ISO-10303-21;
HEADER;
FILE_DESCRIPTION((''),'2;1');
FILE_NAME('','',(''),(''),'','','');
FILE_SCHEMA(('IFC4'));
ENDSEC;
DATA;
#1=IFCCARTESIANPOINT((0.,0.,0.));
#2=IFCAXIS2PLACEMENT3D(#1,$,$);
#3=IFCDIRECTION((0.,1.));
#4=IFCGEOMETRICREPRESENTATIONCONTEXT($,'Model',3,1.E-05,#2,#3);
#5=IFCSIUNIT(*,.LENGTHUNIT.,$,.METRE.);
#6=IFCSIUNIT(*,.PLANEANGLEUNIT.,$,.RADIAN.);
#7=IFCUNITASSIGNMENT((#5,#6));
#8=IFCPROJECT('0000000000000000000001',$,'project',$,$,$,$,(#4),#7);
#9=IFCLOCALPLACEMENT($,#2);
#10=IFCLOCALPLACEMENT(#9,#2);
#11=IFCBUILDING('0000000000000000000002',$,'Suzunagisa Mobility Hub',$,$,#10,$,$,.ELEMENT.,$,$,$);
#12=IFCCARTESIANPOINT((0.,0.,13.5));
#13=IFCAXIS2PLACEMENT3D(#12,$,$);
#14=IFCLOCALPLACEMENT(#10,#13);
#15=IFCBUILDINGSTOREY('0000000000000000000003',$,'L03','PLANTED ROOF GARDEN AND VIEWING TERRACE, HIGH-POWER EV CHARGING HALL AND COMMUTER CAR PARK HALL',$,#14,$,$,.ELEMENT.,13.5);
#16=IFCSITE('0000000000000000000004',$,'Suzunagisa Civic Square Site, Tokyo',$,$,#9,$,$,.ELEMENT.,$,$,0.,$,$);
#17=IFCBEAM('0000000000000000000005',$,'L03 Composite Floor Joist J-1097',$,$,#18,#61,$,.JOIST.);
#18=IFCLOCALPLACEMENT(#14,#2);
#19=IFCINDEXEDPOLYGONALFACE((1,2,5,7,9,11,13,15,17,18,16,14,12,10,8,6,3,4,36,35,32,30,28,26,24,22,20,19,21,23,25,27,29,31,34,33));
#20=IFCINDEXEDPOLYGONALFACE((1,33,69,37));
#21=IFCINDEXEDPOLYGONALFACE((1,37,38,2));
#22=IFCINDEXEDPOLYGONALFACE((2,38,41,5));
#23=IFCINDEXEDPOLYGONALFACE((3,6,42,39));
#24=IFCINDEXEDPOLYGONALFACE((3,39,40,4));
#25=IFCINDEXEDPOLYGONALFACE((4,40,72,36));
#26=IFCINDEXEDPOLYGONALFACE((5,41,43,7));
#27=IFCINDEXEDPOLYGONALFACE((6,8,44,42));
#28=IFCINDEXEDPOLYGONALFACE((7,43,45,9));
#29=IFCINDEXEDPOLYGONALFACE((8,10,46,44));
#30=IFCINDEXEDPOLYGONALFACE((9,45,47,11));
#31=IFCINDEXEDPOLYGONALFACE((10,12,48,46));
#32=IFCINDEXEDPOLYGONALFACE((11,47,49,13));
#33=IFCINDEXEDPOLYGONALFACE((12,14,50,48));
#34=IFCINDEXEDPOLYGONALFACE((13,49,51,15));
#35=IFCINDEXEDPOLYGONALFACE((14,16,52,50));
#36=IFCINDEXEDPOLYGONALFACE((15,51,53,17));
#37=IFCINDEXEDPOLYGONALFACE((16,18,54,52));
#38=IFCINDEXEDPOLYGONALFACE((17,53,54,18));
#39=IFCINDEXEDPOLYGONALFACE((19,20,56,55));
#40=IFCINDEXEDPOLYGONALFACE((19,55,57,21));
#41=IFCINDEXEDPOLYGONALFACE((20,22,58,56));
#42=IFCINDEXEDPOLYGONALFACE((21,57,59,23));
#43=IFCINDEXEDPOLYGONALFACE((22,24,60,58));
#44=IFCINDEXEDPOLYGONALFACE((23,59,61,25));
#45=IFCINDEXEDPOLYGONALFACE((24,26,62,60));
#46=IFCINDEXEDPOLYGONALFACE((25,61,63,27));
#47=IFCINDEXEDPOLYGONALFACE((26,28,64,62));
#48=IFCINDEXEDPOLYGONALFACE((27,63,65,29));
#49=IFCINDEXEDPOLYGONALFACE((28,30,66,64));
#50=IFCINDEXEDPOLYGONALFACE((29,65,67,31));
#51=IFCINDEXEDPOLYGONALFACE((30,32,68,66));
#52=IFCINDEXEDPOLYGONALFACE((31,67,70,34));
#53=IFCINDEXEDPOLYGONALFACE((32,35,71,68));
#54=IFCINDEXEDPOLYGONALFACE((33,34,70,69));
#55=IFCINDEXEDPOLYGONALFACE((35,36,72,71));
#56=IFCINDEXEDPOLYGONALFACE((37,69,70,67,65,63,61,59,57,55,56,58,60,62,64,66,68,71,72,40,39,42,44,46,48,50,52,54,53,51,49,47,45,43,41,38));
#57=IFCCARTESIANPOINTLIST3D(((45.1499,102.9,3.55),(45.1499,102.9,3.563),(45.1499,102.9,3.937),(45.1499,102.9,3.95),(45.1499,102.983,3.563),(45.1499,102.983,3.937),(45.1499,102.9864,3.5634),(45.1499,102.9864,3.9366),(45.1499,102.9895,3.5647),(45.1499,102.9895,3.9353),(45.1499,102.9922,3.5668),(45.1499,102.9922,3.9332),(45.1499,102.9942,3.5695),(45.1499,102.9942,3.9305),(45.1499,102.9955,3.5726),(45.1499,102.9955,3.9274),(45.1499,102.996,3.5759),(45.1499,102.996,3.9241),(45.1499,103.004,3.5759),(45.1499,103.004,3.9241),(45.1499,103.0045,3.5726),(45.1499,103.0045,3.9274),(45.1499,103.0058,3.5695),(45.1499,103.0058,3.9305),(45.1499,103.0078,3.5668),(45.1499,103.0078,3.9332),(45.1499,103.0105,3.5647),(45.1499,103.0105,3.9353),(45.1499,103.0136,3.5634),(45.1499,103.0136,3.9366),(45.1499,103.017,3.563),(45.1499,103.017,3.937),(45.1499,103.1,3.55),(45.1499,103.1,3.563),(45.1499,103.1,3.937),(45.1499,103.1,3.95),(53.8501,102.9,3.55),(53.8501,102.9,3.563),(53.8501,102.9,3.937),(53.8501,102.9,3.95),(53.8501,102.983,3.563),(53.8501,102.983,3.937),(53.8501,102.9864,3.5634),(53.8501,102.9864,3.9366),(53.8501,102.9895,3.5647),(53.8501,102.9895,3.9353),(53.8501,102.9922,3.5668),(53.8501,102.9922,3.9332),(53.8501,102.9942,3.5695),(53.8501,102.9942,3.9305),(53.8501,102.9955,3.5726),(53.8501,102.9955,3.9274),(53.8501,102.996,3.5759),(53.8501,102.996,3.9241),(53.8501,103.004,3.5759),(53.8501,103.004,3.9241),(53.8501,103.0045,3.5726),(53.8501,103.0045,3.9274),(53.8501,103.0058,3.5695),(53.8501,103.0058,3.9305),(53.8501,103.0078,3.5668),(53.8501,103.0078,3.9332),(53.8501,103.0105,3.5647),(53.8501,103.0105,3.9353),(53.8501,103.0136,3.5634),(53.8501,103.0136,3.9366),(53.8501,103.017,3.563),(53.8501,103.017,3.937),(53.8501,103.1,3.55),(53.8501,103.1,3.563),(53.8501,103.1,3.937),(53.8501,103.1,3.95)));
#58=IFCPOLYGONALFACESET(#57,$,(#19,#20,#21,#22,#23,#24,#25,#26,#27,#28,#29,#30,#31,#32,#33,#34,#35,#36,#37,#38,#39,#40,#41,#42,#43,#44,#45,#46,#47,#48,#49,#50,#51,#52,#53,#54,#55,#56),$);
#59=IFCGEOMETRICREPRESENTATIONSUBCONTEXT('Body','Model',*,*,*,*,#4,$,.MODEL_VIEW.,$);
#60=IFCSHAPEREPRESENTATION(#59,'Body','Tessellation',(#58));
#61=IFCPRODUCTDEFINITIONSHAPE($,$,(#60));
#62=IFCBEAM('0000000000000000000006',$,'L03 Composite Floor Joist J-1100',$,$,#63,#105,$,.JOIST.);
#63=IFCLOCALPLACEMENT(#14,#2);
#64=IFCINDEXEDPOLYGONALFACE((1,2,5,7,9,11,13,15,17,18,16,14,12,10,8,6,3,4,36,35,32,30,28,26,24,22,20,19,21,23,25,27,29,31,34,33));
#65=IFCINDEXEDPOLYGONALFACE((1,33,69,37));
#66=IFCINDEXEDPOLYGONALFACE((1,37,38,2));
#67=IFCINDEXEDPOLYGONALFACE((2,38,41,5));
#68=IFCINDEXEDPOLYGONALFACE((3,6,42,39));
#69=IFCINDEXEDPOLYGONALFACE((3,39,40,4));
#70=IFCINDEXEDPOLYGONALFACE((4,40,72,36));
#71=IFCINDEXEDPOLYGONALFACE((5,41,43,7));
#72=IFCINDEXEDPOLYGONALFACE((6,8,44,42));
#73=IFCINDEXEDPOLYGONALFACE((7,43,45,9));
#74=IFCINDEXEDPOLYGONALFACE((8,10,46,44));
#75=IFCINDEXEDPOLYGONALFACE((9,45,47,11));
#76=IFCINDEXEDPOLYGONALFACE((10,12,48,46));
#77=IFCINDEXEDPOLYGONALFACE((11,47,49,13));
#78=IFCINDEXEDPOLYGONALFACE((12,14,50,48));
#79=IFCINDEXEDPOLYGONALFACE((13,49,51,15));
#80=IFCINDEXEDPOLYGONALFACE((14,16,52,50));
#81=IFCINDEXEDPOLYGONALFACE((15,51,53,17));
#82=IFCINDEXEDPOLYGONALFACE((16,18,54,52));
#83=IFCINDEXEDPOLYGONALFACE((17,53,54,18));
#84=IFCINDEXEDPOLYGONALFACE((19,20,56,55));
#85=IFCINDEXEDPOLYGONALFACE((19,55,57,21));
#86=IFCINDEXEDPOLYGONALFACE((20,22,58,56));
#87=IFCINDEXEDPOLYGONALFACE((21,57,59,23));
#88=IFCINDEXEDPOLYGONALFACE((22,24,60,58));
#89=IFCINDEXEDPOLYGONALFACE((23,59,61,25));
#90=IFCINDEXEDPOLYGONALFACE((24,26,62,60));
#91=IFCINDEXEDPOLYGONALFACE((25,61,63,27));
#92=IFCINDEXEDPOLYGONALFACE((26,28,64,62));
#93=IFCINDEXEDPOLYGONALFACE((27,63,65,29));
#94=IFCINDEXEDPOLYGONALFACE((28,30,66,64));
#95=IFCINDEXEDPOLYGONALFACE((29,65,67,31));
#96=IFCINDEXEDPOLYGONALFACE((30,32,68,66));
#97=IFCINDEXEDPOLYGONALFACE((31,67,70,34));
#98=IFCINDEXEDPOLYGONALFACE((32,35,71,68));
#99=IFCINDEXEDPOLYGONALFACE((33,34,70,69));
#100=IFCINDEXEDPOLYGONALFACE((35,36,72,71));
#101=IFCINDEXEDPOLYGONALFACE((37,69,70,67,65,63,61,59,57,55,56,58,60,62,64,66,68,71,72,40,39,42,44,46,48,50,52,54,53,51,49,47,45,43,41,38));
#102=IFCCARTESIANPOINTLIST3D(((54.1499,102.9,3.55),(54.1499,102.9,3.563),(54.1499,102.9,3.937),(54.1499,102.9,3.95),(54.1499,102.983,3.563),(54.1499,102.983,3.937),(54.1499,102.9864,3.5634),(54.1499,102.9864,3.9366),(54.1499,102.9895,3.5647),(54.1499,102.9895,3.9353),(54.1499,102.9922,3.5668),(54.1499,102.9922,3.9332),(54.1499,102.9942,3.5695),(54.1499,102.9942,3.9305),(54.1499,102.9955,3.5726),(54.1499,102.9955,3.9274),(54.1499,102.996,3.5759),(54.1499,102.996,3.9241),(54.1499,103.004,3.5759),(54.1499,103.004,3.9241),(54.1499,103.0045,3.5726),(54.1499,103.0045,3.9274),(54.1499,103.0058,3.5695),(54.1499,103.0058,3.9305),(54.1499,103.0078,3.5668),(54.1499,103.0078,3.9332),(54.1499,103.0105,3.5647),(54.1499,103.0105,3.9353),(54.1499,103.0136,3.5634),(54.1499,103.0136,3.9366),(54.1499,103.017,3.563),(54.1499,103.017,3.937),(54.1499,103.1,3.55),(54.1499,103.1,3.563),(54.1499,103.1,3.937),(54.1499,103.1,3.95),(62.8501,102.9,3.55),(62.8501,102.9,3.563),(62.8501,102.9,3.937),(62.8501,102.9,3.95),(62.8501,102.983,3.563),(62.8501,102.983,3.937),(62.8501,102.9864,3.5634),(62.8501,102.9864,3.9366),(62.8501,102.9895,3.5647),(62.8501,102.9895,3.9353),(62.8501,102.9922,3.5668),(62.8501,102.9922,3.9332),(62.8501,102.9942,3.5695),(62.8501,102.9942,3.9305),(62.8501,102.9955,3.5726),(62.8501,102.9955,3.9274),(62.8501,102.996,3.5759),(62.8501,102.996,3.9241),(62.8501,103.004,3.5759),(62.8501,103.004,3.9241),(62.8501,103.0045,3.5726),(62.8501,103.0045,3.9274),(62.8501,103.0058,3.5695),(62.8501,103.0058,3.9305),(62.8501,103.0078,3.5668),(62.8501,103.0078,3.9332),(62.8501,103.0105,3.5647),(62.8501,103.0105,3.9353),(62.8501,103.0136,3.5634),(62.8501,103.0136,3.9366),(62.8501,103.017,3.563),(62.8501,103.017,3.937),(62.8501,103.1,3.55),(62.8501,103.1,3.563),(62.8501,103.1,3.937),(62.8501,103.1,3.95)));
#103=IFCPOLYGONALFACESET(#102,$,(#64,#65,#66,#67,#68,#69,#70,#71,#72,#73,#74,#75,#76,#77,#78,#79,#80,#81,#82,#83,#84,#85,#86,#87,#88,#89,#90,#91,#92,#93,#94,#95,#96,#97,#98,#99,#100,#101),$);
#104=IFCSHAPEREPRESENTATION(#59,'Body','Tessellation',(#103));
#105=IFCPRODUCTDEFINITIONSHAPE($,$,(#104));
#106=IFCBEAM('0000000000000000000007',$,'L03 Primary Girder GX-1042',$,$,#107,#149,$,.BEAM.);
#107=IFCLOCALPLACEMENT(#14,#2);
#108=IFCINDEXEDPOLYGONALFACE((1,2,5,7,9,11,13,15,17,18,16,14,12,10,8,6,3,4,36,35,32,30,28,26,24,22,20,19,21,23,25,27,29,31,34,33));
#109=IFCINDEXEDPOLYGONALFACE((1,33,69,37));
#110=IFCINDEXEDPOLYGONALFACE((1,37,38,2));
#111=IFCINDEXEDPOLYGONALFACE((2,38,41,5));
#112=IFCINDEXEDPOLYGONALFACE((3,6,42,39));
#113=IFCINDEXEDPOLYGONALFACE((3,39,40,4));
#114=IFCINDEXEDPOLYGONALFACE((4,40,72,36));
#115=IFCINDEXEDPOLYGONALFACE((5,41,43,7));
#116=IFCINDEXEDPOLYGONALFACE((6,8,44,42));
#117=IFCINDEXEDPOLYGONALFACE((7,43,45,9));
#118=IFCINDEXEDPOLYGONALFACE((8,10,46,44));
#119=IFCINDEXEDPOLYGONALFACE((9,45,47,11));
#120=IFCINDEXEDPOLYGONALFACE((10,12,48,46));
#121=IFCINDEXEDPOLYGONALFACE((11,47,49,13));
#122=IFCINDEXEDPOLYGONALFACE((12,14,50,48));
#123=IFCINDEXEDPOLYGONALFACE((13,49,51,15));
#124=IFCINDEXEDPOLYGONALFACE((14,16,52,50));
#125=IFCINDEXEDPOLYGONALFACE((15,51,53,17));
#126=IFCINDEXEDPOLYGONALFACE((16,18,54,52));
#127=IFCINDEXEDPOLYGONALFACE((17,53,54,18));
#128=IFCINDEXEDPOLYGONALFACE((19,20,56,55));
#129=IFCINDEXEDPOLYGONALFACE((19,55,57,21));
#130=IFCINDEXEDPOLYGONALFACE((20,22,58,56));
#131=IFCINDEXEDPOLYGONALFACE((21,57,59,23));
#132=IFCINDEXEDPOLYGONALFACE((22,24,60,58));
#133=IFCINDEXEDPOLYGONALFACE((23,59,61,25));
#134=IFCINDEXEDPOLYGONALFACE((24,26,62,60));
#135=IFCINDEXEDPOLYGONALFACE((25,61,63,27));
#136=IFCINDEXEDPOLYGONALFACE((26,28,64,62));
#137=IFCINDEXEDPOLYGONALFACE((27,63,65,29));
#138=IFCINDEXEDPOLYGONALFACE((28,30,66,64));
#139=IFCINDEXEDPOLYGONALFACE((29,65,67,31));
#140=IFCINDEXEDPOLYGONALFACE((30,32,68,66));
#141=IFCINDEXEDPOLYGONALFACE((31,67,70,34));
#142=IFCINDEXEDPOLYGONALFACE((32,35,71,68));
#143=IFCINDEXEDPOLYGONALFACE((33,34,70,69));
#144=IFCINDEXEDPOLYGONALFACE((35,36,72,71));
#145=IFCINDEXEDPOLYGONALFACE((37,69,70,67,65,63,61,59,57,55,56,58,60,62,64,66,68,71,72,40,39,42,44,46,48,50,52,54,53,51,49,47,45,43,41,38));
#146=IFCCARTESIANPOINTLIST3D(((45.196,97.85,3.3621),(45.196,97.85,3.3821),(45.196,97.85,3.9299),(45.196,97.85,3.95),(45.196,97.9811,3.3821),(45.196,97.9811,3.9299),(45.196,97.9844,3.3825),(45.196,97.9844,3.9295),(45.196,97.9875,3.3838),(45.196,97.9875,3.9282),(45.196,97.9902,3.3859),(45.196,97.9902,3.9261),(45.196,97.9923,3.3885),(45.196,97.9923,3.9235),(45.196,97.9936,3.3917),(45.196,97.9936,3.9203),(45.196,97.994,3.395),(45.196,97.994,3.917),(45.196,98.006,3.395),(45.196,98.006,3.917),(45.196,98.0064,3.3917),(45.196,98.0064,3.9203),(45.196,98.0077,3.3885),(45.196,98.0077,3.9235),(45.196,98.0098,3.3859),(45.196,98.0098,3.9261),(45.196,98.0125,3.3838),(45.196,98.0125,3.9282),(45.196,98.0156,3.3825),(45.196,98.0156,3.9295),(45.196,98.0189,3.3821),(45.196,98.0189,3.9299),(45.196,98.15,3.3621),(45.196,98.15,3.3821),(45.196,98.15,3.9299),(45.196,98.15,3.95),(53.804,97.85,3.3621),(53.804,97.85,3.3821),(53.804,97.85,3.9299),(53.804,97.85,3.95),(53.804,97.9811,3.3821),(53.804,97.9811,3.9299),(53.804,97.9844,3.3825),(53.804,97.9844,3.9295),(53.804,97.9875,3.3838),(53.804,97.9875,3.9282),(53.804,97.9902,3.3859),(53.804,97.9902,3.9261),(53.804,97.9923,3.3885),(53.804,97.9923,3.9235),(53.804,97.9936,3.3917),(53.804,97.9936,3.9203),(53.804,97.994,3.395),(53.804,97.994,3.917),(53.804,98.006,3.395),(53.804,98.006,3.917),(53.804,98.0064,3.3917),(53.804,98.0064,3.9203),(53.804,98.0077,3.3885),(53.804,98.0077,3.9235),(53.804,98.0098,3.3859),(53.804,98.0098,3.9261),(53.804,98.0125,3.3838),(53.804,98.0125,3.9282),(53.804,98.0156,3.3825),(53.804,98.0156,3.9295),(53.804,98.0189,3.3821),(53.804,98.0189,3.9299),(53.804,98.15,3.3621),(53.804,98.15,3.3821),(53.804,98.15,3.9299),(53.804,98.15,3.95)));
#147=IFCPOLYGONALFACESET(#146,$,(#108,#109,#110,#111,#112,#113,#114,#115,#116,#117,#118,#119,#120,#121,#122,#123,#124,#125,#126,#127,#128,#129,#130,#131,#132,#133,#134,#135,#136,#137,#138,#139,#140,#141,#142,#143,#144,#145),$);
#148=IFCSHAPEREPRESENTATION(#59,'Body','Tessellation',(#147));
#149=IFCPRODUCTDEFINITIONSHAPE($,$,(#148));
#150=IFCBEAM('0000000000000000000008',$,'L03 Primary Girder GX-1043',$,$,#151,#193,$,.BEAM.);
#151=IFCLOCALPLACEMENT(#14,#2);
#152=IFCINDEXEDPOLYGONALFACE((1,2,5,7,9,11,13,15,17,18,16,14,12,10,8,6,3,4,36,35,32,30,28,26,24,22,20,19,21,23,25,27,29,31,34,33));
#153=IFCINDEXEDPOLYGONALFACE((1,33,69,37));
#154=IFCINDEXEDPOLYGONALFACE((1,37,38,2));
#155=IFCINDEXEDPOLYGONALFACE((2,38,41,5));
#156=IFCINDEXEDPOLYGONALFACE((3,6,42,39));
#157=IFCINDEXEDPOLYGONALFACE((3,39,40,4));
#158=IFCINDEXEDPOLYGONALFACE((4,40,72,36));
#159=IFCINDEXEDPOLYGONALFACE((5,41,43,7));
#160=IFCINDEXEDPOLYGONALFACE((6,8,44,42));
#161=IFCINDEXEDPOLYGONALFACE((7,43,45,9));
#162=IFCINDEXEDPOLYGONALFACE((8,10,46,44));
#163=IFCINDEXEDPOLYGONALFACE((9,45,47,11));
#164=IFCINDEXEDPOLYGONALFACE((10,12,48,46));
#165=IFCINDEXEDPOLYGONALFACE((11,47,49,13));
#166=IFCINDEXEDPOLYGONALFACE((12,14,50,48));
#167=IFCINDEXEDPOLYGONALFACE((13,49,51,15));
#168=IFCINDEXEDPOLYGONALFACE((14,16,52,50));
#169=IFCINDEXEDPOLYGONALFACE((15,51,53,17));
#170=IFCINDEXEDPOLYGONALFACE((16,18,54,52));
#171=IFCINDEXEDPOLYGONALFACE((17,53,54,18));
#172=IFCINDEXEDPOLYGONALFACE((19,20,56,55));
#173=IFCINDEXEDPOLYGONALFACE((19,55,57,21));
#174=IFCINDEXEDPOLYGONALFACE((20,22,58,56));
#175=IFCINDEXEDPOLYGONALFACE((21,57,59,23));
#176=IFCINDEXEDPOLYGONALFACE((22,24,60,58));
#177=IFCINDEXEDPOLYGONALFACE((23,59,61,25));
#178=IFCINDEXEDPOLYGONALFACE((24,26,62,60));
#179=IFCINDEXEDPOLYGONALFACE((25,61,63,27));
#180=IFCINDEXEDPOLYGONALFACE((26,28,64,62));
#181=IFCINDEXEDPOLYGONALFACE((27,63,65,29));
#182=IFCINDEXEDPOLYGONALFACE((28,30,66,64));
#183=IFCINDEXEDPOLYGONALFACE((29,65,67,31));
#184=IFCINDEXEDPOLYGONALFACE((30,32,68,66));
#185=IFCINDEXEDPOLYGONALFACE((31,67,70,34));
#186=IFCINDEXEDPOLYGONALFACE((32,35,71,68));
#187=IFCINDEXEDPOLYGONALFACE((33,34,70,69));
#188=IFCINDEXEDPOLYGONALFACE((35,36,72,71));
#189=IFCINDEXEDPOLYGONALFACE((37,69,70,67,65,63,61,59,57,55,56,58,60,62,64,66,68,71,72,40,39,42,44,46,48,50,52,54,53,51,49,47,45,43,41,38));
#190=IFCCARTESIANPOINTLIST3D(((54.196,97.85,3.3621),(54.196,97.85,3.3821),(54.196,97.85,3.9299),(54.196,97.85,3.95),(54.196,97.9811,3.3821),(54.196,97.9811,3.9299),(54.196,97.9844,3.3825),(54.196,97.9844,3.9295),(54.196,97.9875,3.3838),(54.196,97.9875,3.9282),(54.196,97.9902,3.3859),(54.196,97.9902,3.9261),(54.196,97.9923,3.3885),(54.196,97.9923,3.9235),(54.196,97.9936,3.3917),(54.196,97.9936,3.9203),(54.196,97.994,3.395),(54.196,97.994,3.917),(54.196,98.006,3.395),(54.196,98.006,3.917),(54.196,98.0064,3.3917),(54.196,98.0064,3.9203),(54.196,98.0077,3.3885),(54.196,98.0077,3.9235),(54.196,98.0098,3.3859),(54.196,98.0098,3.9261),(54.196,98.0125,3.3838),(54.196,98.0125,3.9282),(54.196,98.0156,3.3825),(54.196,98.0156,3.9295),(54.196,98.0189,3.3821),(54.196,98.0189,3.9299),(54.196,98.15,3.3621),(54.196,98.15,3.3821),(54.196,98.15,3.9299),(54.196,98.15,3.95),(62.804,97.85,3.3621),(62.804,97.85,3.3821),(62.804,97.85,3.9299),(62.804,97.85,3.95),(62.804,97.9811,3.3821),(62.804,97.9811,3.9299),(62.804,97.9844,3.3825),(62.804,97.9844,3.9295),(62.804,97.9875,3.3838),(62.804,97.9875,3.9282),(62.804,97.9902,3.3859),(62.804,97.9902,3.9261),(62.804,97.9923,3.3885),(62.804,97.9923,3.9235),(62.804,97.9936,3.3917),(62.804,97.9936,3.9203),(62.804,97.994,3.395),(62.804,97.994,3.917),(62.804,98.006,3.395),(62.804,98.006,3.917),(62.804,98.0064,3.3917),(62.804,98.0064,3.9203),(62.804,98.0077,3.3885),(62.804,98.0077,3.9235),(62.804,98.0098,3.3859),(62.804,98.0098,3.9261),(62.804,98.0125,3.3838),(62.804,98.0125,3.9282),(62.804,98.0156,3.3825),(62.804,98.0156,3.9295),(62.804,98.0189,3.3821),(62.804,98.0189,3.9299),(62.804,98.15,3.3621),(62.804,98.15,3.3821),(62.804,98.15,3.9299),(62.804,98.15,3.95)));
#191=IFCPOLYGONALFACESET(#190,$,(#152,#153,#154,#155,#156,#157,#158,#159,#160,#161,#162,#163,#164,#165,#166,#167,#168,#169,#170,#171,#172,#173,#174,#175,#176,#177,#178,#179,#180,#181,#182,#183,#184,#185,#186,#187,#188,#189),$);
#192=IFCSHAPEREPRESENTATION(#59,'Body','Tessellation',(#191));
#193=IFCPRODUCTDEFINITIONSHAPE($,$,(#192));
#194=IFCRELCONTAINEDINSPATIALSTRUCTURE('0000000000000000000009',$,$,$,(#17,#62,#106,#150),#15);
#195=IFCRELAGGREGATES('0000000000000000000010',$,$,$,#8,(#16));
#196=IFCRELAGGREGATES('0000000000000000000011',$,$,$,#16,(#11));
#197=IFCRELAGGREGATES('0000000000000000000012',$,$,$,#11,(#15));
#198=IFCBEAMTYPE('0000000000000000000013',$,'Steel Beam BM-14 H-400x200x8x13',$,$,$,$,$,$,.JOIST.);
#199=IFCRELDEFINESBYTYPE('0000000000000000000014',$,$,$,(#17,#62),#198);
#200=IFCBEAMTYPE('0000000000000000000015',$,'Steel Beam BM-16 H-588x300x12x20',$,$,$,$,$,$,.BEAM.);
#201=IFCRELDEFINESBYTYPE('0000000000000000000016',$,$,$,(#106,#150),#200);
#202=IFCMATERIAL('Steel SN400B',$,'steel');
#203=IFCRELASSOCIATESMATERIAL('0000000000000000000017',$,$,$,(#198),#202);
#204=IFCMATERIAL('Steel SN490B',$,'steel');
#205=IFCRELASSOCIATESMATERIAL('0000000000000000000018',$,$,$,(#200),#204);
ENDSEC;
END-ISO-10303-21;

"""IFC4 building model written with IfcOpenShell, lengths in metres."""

from ifc_helpers import new_model, si_unit, direction, frame, origin, origin_2d, place, context, subcontext, project, spatial, i_section, extrude, material, material_profile, profile_set, type_object, element, save


model = new_model("IFC4")

# Units and contexts
model_context = context("Model", 3, precision=1e-05, world=origin(), true_north=direction((0.0, 1.0)))
body_context = subcontext(model_context, "Body", "Model", "MODEL_VIEW")
ifc_project = project(units=[si_unit("LENGTHUNIT", "METRE"), si_unit("PLANEANGLEUNIT", "RADIAN")], contexts=[model_context])

# Site, building, storey
site_placement = place(None, origin())
site = spatial("IfcSite", under=ifc_project, at=site_placement, Name="Suzunagisa Civic Square Site, Tokyo", CompositionType="ELEMENT", RefElevation=0.0)
building_placement = place(site_placement, origin())
building = spatial("IfcBuilding", under=site, at=building_placement, Name="Suzunagisa Mobility Hub", CompositionType="ELEMENT")
storey_placement = place(building_placement, frame((0.0, 0.0, 13.5)))
storey = spatial("IfcBuildingStorey", under=building, at=storey_placement, Name="L03", Description="PLANTED ROOF GARDEN AND VIEWING TERRACE, HIGH-POWER EV CHARGING HALL AND COMMUTER CAR PARK HALL", CompositionType="ELEMENT", Elevation=13.5)

# Shared definitions
ifc_material_1 = material(Name="Steel SN490B", Category="steel")

# Beams
ifc_material_2 = material(Name="Steel SN400B", Category="steel")
ifc_material_profile_1 = material_profile(ifc_material_2, i_section(OverallWidth=0.2, OverallDepth=0.3999, WebThickness=0.0081, FlangeThickness=0.0129, FilletRadius=0.0129, at=origin_2d()), Name="H-400x200x8x13")
ifc_profile_set_1 = profile_set([ifc_material_profile_1], Name="Steel SN400B")
beam_type_1 = type_object("IfcBeamType", Name="Steel Beam BM-14 H-400x200x8x13", PredefinedType="JOIST", material=ifc_profile_set_1)
for number, where, z_axis, x_axis, name in (
    (1, (45.1499, 103.0, 3.75), (1.0, 0.0, 0.0), (0.0, 1.0, 0.0), "L03 Composite Floor Joist J-1097"),
    (2, (54.1499, 103.0, 3.75), (1.0, 0.0, 0.0), (0.0, 1.0, 0.0), "L03 Composite Floor Joist J-1100"),
):
    element("IfcBeam", number, at=place(storey_placement, frame(where, z_axis=z_axis, x_axis=x_axis)), inside=storey, type_object=beam_type_1, Name=name, PredefinedType="JOIST", context=body_context, shape_type="SweptSolid", body=[
        extrude(i_section(OverallWidth=0.2, OverallDepth=0.3999, WebThickness=0.0081, FlangeThickness=0.0129, FilletRadius=0.0129, at=origin_2d()), origin(), (0.0, 0.0, 1.0), 8.7002),
    ])
ifc_material_profile_2 = material_profile(ifc_material_1, i_section(OverallWidth=0.3, OverallDepth=0.5879, WebThickness=0.012, FlangeThickness=0.02, FilletRadius=0.0129, at=origin_2d()), Name="H-588x300x12x20")
ifc_profile_set_2 = profile_set([ifc_material_profile_2], Name="Steel SN490B")
beam_type_2 = type_object("IfcBeamType", Name="Steel Beam BM-16 H-588x300x12x20", PredefinedType="BEAM", material=ifc_profile_set_2)
for number, where, z_axis, x_axis, name in (
    (3, (45.196, 98.0, 3.656), (1.0, 0.0, 0.0), (0.0, 1.0, 0.0), "L03 Primary Girder GX-1042"),
    (4, (54.196, 98.0, 3.656), (1.0, 0.0, 0.0), (0.0, 1.0, 0.0), "L03 Primary Girder GX-1043"),
):
    element("IfcBeam", number, at=place(storey_placement, frame(where, z_axis=z_axis, x_axis=x_axis)), inside=storey, type_object=beam_type_2, Name=name, PredefinedType="BEAM", context=body_context, shape_type="SweptSolid", body=[
        extrude(i_section(OverallWidth=0.3, OverallDepth=0.5879, WebThickness=0.012, FlangeThickness=0.02, FilletRadius=0.0129, at=origin_2d()), origin(), (0.0, 0.0, 1.0), 8.6079),
    ])

save(model, "model.ifc")
